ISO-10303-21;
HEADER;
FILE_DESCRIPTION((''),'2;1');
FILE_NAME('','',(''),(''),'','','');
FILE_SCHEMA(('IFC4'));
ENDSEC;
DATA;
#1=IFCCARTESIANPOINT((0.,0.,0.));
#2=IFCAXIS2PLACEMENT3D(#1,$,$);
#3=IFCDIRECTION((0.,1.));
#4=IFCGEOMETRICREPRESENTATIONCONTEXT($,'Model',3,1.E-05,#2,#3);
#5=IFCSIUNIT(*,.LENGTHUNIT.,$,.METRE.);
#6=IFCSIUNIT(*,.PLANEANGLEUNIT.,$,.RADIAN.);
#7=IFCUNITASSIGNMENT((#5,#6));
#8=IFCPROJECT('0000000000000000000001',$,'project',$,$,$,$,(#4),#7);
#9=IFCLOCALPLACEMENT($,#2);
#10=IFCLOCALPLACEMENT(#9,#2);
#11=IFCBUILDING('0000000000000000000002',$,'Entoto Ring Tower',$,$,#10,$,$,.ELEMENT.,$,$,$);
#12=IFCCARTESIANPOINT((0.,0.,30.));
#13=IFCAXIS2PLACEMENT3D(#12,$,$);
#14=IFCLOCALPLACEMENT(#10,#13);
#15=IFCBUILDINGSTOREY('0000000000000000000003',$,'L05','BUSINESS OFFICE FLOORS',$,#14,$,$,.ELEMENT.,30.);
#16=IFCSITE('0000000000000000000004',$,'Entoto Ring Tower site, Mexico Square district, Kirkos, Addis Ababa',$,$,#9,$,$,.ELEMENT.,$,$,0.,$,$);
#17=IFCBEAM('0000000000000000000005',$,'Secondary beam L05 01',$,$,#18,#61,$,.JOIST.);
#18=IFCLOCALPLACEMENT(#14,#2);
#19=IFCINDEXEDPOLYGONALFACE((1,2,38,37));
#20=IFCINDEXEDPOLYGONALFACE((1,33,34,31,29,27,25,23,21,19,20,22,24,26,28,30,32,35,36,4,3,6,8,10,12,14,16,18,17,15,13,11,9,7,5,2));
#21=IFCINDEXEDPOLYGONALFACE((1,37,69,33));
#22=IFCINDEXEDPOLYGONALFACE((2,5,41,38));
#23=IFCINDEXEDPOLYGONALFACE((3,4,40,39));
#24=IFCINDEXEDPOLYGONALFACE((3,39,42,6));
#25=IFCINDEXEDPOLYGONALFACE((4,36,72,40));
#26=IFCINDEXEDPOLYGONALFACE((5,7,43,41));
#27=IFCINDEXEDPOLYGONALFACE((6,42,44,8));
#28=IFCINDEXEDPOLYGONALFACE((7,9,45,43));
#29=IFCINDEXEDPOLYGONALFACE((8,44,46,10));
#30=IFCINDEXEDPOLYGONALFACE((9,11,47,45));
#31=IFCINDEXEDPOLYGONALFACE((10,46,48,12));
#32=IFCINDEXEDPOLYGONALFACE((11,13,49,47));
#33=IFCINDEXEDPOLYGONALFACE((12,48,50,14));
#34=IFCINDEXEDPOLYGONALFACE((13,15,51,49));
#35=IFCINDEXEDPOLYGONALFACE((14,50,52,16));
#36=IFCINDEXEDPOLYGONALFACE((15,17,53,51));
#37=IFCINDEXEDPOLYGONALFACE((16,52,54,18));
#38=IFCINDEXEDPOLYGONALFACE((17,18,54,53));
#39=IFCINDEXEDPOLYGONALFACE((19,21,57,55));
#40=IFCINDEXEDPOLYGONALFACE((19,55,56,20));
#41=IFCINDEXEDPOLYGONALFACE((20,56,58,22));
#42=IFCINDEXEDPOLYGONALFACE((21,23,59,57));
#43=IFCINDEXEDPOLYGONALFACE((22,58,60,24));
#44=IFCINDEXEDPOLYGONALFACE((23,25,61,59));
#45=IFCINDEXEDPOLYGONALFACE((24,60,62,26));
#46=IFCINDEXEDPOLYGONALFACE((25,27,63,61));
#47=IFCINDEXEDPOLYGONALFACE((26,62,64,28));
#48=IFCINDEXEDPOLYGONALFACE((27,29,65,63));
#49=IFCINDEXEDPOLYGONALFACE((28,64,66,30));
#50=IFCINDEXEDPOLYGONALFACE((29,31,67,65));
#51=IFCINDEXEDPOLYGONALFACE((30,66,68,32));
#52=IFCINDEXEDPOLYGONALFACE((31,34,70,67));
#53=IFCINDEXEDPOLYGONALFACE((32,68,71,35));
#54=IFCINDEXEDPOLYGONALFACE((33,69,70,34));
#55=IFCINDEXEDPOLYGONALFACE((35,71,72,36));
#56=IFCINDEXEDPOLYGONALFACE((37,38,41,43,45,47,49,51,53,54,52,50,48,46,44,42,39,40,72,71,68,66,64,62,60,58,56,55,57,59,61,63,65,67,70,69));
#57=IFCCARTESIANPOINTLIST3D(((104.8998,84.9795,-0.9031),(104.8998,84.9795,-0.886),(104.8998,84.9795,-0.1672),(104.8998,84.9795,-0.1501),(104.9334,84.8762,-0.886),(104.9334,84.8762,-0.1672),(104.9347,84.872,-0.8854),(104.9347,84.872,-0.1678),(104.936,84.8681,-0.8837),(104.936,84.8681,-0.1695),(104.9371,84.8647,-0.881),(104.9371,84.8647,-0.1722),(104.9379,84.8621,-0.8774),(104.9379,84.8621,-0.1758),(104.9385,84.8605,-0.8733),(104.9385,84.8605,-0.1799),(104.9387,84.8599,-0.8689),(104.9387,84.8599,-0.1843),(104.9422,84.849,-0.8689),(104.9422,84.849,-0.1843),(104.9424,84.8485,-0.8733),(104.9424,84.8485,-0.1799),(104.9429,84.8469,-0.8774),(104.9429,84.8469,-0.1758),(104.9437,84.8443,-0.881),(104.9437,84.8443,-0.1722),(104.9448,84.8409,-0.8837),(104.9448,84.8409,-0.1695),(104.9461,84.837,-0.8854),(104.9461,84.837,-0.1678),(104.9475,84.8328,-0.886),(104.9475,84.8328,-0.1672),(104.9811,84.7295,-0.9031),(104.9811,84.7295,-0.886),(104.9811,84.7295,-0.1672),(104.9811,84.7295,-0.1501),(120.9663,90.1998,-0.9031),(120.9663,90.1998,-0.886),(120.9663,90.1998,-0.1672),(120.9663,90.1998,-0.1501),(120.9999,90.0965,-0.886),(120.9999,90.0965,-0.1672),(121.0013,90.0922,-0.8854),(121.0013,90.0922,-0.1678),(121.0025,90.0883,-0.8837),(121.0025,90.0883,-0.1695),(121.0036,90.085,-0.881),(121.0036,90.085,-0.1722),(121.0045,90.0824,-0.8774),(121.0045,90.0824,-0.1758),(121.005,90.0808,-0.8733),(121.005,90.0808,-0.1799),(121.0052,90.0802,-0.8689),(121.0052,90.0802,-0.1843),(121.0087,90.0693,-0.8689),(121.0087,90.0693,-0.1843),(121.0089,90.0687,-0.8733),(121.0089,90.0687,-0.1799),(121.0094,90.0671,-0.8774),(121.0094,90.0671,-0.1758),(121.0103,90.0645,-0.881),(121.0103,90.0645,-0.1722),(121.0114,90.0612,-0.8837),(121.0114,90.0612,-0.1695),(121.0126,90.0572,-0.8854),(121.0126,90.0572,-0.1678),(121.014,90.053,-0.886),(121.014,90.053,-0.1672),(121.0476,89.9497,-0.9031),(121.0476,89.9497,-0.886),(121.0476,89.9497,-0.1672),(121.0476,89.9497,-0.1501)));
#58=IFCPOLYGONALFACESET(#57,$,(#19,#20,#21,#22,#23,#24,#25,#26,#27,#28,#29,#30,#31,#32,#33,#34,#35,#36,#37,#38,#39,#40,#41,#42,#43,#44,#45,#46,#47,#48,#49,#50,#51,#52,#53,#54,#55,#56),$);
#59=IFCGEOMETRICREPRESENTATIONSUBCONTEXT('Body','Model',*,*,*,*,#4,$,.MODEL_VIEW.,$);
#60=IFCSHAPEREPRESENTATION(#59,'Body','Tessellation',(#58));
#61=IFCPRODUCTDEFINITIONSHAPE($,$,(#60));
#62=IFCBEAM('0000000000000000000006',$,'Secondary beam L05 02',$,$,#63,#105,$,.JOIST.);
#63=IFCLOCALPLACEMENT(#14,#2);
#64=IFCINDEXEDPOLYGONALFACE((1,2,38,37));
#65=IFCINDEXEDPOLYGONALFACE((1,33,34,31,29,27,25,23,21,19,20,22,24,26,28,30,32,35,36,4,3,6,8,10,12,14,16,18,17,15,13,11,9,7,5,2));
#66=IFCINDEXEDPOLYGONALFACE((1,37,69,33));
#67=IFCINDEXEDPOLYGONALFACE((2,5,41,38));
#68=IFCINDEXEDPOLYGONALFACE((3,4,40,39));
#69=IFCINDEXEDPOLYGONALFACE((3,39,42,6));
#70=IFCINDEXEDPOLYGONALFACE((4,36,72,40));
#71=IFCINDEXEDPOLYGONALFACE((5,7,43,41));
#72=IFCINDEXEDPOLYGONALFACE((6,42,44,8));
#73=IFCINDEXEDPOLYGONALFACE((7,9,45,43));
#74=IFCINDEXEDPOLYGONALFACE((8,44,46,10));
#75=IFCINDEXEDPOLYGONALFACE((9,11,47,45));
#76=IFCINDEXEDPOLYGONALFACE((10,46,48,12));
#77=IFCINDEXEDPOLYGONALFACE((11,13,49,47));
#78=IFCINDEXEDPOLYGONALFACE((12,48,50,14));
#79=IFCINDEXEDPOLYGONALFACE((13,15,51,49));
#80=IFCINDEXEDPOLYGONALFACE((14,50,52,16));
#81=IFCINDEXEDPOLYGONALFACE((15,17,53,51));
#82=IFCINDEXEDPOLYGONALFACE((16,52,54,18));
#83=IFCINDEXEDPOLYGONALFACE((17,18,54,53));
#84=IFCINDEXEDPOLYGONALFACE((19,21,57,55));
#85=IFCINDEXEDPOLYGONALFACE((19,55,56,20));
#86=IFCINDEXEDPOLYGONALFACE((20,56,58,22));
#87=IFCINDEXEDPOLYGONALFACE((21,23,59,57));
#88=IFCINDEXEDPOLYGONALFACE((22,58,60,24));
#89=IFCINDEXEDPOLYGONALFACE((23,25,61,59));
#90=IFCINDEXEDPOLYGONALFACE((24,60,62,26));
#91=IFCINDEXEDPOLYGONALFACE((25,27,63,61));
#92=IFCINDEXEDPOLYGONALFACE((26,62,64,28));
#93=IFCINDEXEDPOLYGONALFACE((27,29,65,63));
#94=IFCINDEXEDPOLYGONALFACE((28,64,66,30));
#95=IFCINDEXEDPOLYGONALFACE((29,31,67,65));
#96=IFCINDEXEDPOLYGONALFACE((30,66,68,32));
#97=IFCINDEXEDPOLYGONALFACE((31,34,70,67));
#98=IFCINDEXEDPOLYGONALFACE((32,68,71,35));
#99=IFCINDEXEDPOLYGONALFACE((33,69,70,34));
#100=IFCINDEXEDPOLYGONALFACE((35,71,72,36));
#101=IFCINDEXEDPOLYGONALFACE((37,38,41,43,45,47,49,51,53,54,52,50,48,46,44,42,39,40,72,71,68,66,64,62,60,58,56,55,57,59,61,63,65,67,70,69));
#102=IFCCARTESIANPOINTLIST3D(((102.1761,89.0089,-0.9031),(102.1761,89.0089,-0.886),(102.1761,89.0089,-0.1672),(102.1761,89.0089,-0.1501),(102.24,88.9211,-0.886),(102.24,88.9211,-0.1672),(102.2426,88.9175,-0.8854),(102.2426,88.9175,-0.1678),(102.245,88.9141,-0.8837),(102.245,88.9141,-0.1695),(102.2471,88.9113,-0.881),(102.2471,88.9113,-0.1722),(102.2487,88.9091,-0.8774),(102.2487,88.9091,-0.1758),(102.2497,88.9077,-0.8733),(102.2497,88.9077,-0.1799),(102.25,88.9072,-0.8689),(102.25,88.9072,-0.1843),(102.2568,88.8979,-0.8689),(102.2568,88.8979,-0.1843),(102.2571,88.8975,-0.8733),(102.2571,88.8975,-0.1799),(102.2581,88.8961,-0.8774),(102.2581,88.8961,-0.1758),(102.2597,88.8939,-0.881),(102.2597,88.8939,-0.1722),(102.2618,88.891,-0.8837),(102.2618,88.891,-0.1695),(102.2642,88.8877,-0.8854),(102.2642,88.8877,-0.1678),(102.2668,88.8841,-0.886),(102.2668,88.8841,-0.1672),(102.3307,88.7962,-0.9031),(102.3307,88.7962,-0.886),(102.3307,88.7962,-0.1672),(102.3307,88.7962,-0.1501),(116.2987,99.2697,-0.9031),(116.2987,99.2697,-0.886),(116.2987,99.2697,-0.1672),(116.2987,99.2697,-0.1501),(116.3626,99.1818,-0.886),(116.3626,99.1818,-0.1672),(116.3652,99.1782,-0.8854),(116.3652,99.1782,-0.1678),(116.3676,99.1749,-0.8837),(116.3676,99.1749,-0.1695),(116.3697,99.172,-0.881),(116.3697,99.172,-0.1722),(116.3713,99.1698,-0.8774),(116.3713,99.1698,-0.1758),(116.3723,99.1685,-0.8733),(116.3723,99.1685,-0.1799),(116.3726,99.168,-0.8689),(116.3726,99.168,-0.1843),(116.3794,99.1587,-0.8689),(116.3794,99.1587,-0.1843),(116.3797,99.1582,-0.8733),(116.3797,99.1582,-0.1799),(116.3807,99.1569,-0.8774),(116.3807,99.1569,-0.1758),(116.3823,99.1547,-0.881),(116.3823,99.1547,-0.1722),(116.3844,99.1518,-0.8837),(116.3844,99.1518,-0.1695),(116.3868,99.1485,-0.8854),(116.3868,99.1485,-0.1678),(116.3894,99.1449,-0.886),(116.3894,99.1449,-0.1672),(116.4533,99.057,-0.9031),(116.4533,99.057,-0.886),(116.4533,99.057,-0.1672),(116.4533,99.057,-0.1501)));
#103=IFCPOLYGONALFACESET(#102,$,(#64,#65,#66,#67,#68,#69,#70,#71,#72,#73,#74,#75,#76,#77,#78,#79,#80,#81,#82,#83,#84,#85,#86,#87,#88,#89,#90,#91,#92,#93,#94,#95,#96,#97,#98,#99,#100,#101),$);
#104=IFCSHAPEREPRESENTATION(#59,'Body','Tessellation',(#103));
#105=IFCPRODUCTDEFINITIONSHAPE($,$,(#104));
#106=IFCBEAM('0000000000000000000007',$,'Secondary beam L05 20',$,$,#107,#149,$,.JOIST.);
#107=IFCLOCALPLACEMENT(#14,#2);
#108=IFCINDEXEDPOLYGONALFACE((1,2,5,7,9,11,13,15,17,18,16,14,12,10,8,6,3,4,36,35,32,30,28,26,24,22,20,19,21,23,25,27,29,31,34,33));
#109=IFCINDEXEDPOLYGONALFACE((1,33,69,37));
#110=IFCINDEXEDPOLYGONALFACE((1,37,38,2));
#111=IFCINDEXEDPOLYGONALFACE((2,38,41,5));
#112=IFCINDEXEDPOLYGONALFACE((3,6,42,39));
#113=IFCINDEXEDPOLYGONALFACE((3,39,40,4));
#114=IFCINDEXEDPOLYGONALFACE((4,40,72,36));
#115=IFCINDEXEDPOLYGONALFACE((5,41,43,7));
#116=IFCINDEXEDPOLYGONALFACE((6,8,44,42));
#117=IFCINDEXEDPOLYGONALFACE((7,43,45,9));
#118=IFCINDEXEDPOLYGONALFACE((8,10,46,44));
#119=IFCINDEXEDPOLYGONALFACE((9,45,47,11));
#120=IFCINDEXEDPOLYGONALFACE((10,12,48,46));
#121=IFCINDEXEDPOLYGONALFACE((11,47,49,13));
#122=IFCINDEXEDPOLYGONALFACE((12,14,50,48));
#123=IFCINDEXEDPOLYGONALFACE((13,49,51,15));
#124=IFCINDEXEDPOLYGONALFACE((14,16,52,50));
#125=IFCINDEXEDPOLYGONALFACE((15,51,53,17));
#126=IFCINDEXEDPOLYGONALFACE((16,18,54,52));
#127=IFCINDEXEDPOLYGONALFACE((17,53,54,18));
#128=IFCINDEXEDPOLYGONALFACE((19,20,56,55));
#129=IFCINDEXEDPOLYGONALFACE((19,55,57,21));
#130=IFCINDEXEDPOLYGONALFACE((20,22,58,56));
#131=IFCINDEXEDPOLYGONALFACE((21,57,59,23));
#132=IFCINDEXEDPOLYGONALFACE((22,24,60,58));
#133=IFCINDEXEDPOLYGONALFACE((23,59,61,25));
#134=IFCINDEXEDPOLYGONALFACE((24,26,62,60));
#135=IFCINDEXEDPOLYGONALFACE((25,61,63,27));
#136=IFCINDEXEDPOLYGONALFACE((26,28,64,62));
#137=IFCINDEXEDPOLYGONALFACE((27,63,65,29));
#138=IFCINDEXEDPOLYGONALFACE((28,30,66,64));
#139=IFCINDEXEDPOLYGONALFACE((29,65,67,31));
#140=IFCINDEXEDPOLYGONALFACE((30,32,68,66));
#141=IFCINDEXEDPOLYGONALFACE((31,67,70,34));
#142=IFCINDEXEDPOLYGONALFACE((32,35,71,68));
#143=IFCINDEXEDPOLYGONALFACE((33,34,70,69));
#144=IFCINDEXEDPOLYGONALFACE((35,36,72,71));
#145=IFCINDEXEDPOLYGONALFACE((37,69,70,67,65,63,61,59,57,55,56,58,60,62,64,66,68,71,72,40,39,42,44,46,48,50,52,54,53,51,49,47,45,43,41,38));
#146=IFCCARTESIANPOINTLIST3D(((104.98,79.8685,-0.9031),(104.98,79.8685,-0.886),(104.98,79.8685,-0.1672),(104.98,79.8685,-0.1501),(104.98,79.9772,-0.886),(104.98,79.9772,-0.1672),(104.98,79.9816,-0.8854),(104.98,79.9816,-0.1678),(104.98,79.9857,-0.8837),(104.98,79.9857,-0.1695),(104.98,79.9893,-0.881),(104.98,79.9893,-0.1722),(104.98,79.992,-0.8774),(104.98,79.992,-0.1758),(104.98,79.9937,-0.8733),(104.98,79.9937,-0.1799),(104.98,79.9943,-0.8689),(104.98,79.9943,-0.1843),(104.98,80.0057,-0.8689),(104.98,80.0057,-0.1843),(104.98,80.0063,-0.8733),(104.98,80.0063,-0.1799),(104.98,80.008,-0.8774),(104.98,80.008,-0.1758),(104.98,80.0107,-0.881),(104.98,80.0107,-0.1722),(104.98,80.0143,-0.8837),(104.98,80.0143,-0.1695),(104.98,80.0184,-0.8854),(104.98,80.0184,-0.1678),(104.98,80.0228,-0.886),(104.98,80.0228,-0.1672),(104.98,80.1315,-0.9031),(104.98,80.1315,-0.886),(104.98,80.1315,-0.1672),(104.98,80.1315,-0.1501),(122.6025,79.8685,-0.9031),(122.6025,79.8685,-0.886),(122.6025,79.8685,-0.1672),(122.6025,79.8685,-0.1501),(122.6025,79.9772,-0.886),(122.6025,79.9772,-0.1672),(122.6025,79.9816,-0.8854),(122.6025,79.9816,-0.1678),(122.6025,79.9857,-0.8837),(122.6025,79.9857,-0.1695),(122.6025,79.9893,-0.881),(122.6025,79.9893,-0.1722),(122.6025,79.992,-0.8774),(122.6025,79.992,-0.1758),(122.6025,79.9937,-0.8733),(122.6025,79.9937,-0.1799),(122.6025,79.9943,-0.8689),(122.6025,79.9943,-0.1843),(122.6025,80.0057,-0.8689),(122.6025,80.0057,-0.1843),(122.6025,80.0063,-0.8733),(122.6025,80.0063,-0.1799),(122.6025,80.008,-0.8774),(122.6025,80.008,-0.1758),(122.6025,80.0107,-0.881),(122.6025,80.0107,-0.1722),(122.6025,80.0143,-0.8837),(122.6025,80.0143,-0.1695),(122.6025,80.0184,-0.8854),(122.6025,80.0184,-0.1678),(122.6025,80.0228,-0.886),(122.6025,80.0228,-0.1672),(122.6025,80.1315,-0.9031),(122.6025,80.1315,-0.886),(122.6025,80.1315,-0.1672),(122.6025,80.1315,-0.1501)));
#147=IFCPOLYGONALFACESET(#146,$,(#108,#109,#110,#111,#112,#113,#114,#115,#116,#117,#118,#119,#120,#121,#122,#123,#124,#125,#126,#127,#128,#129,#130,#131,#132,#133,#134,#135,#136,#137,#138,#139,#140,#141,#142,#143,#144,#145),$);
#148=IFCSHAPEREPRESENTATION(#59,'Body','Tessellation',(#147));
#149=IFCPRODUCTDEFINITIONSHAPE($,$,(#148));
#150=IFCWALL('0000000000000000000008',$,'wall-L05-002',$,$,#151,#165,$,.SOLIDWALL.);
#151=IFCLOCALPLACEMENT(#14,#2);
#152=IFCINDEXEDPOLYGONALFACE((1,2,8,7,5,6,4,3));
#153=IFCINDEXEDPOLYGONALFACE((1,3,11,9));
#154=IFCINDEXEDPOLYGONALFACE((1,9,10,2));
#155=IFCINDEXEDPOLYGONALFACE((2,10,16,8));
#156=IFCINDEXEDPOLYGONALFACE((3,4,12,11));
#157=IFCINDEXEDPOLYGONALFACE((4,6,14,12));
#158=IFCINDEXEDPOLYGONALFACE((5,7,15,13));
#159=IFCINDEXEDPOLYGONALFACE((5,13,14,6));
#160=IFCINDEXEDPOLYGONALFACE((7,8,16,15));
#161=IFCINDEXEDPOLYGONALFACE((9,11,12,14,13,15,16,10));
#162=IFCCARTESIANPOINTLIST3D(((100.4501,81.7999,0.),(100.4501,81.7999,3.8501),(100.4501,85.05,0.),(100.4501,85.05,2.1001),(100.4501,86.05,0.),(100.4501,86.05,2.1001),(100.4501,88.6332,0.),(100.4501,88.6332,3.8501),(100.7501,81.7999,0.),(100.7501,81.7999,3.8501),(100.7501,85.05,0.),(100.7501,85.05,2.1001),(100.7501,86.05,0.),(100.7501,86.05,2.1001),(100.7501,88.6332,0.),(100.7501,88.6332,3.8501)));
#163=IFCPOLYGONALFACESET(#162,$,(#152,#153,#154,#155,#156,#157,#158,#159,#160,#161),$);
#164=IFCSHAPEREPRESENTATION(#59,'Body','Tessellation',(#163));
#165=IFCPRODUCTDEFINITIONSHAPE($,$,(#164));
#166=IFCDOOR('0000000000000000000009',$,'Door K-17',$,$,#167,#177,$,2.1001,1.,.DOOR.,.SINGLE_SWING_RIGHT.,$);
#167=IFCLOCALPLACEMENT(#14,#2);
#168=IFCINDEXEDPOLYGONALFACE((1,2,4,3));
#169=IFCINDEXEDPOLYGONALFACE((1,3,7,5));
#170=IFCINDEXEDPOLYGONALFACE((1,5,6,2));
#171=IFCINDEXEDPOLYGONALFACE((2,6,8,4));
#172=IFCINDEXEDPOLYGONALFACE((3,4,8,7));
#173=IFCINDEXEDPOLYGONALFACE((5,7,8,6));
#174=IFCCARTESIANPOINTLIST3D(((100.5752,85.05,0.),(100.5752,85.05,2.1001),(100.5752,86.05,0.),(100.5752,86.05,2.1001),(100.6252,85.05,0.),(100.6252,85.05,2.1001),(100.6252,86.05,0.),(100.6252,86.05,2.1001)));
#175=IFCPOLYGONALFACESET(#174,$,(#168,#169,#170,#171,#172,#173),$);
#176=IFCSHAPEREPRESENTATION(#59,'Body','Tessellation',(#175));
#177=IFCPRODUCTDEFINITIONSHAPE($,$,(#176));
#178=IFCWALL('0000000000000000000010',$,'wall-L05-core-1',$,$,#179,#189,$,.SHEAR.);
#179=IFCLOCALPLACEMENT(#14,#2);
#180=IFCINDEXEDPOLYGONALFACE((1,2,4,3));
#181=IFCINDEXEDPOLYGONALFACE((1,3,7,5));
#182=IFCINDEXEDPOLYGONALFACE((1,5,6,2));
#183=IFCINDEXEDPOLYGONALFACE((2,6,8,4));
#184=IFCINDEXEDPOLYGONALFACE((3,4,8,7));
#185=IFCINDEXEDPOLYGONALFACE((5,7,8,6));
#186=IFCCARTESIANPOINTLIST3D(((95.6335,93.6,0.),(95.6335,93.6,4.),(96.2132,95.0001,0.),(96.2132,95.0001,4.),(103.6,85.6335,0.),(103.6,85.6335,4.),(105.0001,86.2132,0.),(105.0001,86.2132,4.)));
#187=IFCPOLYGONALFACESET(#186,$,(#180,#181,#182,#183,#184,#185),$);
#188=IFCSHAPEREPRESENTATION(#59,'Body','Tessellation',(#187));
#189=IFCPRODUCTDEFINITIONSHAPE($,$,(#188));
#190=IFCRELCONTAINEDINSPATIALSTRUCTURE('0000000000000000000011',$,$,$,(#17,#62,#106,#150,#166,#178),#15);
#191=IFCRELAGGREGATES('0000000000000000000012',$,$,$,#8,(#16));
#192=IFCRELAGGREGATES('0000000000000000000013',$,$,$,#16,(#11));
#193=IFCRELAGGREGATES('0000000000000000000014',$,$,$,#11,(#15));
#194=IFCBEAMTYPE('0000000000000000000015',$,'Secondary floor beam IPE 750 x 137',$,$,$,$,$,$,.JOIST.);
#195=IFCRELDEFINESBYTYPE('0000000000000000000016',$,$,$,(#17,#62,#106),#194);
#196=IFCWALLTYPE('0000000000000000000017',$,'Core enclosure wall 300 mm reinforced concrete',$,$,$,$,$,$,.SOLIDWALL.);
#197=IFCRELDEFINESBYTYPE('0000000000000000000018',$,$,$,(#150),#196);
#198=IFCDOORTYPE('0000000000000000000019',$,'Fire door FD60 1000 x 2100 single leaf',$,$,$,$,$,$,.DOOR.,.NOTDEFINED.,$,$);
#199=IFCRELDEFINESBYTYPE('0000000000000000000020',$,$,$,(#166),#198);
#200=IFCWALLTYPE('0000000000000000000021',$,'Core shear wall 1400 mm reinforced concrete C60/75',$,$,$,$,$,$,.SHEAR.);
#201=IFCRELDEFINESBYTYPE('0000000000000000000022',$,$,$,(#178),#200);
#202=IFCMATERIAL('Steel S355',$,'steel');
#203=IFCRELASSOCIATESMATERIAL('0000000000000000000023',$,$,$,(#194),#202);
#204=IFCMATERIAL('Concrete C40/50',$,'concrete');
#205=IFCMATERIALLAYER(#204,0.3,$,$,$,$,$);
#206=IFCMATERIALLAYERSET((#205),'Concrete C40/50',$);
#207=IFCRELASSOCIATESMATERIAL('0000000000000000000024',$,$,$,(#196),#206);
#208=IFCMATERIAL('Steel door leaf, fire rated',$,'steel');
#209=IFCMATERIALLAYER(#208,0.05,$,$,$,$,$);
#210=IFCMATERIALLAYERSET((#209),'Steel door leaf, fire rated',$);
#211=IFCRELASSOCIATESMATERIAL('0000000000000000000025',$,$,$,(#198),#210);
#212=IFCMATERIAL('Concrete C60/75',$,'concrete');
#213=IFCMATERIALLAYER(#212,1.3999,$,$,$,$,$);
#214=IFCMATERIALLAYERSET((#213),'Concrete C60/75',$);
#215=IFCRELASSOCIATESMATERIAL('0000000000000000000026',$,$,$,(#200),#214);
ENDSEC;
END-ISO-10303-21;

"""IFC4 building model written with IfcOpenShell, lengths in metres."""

from ifc_helpers import new_model, si_unit, direction, frame, frame_2d, origin, origin_2d, place, context, subcontext, project, spatial, polyline, rectangle, i_section, outline, extrude, material, layer, layer_set, material_profile, profile_set, type_object, element, fill, save


model = new_model("IFC4")

# Units and contexts
model_context = context("Model", 3, precision=1e-05, world=origin(), true_north=direction((0.0, 1.0)))
body_context = subcontext(model_context, "Body", "Model", "MODEL_VIEW")
ifc_project = project(units=[si_unit("LENGTHUNIT", "METRE"), si_unit("PLANEANGLEUNIT", "RADIAN")], contexts=[model_context])

# Site, building, storey
site_placement = place(None, origin())
site = spatial("IfcSite", under=ifc_project, at=site_placement, Name="Entoto Ring Tower site, Mexico Square district, Kirkos, Addis Ababa", CompositionType="ELEMENT", RefElevation=0.0)
building_placement = place(site_placement, origin())
building = spatial("IfcBuilding", under=site, at=building_placement, Name="Entoto Ring Tower", CompositionType="ELEMENT")
storey_placement = place(building_placement, frame((0.0, 0.0, 30.0)))
storey = spatial("IfcBuildingStorey", under=building, at=storey_placement, Name="L05", Description="BUSINESS OFFICE FLOORS", CompositionType="ELEMENT", Elevation=30.0)

# Beams
ifc_material_1 = material(Name="Steel S355", Category="steel")
ifc_material_profile_1 = material_profile(ifc_material_1, i_section(OverallWidth=0.2629, OverallDepth=0.7529, WebThickness=0.0115, FlangeThickness=0.0171, FilletRadius=0.0171, at=origin_2d()), Name="IPE 750 x 137")
ifc_profile_set_1 = profile_set([ifc_material_profile_1], Name="Steel S355")
beam_type_1 = type_object("IfcBeamType", Name="Secondary floor beam IPE 750 x 137", PredefinedType="JOIST", material=ifc_profile_set_1)
beam_1_placement = place(storey_placement, frame((104.9404, 84.8545, -0.5266), z_axis=(0.951058, 0.309013, 0.0), x_axis=(-0.309013, 0.951058, 0.0)))
element("IfcBeam", 1, at=beam_1_placement, inside=storey, type_object=beam_type_1, Name="Secondary beam L05 01", PredefinedType="JOIST", context=body_context, shape_type="SweptSolid", body=[
    extrude(i_section(OverallWidth=0.2629, OverallDepth=0.7529, WebThickness=0.0115, FlangeThickness=0.0171, FilletRadius=0.0171, at=origin_2d()), origin(), (0.0, 0.0, 1.0), 16.8933),
])
beam_2_placement = place(storey_placement, frame((102.2534, 88.9026, -0.5266), z_axis=(0.809014, 0.587789, 0.0), x_axis=(-0.587789, 0.809014, 0.0)))
element("IfcBeam", 2, at=beam_2_placement, inside=storey, type_object=beam_type_1, Name="Secondary beam L05 02", PredefinedType="JOIST", context=body_context, shape_type="SweptSolid", body=[
    extrude(i_section(OverallWidth=0.2629, OverallDepth=0.7529, WebThickness=0.0115, FlangeThickness=0.0171, FilletRadius=0.0171, at=origin_2d()), origin(), (0.0, 0.0, 1.0), 17.4565),
])
beam_3_placement = place(storey_placement, frame((104.98, 80.0, -0.5266), z_axis=(1.0, 0.0, 0.0), x_axis=(0.0, 1.0, 0.0)))
element("IfcBeam", 3, at=beam_3_placement, inside=storey, type_object=beam_type_1, Name="Secondary beam L05 20", PredefinedType="JOIST", context=body_context, shape_type="SweptSolid", body=[
    extrude(i_section(OverallWidth=0.2629, OverallDepth=0.7529, WebThickness=0.0115, FlangeThickness=0.0171, FilletRadius=0.0171, at=origin_2d()), origin(), (0.0, 0.0, 1.0), 17.6226),
])

# Wall, opening, door
ifc_material_2 = material(Name="Concrete C40/50", Category="concrete")
ifc_layer_1 = layer(ifc_material_2, 0.3)
ifc_layer_set_1 = layer_set([ifc_layer_1], Name="Concrete C40/50")
wall_type_1 = type_object("IfcWallType", Name="Core enclosure wall 300 mm reinforced concrete", PredefinedType="SOLIDWALL", material=ifc_layer_set_1)
wall_1_placement = place(storey_placement, frame((100.6001, 81.8, 0.0), z_axis=(0.0, 0.0, 1.0), x_axis=(0.0, 1.0, 0.0)))
wall_1 = element("IfcWall", 4, at=wall_1_placement, inside=storey, type_object=wall_type_1, Name="wall-L05-002", PredefinedType="SOLIDWALL", context=body_context, shape_type="SweptSolid", body=[
    extrude(rectangle(XDim=6.8333, YDim=0.3, at=frame_2d((3.4165, 0.0))), origin(), (0.0, 0.0, 1.0), 3.8501),
])
opening_1_placement = place(wall_1_placement, frame((3.25, 0.0, 0.0)))
opening_1 = element("IfcOpeningElement", 5, at=opening_1_placement, cuts=wall_1, PredefinedType="OPENING", context=body_context, shape_type="SweptSolid", body=[
    extrude(rectangle(XDim=1.0, YDim=2.1001, at=frame_2d((0.5, 1.05))), frame((0.0, 0.1602, 0.0), z_axis=(0.0, -1.0, 0.0), x_axis=(1.0, 0.0, 0.0)), (0.0, 0.0, 1.0), 0.3201),
])
ifc_material_3 = material(Name="Steel door leaf, fire rated", Category="steel")
ifc_layer_2 = layer(ifc_material_3, 0.05)
ifc_layer_set_2 = layer_set([ifc_layer_2], Name="Steel door leaf, fire rated")
door_type_1 = type_object("IfcDoorType", Name="Fire door FD60 1000 x 2100 single leaf", OperationType="NOTDEFINED", PredefinedType="DOOR", material=ifc_layer_set_2)
door_1_placement = place(opening_1_placement, origin())
door_1 = element("IfcDoor", 6, at=door_1_placement, inside=storey, type_object=door_type_1, Name="Door K-17", OperationType="SINGLE_SWING_RIGHT", OverallHeight=2.1001, OverallWidth=1.0, PredefinedType="DOOR", context=body_context, shape_type="SweptSolid", body=[
    extrude(rectangle(XDim=1.0, YDim=2.1001, at=frame_2d((0.5, 1.05))), frame((0.0, 0.0249, 0.0), z_axis=(0.0, -1.0, 0.0), x_axis=(1.0, 0.0, 0.0)), (0.0, 0.0, 1.0), 0.05),
])
fill(opening_1, door_1)

# Wall
ifc_material_4 = material(Name="Concrete C60/75", Category="concrete")
ifc_layer_3 = layer(ifc_material_4, 1.3999)
ifc_layer_set_3 = layer_set([ifc_layer_3], Name="Concrete C60/75")
wall_type_2 = type_object("IfcWallType", Name="Core shear wall 1400 mm reinforced concrete C60/75", PredefinedType="SHEAR", material=ifc_layer_set_3)
wall_2_placement = place(storey_placement, frame((104.3, 85.9233, 0.0), z_axis=(0.0, 0.0, 1.0), x_axis=(-0.707107, 0.707107, 0.0)))
element("IfcWall", 7, at=wall_2_placement, inside=storey, type_object=wall_type_2, Name="wall-L05-core-1", PredefinedType="SHEAR", context=body_context, shape_type="SweptSolid", body=[
    extrude(outline(polyline([(-0.29, -0.7), (12.1365, -0.7), (11.5564, 0.7), (0.29, 0.7), (-0.29, -0.7)])), origin(), (0.0, 0.0, 1.0), 4.0),
])

save(model, "model.ifc")
